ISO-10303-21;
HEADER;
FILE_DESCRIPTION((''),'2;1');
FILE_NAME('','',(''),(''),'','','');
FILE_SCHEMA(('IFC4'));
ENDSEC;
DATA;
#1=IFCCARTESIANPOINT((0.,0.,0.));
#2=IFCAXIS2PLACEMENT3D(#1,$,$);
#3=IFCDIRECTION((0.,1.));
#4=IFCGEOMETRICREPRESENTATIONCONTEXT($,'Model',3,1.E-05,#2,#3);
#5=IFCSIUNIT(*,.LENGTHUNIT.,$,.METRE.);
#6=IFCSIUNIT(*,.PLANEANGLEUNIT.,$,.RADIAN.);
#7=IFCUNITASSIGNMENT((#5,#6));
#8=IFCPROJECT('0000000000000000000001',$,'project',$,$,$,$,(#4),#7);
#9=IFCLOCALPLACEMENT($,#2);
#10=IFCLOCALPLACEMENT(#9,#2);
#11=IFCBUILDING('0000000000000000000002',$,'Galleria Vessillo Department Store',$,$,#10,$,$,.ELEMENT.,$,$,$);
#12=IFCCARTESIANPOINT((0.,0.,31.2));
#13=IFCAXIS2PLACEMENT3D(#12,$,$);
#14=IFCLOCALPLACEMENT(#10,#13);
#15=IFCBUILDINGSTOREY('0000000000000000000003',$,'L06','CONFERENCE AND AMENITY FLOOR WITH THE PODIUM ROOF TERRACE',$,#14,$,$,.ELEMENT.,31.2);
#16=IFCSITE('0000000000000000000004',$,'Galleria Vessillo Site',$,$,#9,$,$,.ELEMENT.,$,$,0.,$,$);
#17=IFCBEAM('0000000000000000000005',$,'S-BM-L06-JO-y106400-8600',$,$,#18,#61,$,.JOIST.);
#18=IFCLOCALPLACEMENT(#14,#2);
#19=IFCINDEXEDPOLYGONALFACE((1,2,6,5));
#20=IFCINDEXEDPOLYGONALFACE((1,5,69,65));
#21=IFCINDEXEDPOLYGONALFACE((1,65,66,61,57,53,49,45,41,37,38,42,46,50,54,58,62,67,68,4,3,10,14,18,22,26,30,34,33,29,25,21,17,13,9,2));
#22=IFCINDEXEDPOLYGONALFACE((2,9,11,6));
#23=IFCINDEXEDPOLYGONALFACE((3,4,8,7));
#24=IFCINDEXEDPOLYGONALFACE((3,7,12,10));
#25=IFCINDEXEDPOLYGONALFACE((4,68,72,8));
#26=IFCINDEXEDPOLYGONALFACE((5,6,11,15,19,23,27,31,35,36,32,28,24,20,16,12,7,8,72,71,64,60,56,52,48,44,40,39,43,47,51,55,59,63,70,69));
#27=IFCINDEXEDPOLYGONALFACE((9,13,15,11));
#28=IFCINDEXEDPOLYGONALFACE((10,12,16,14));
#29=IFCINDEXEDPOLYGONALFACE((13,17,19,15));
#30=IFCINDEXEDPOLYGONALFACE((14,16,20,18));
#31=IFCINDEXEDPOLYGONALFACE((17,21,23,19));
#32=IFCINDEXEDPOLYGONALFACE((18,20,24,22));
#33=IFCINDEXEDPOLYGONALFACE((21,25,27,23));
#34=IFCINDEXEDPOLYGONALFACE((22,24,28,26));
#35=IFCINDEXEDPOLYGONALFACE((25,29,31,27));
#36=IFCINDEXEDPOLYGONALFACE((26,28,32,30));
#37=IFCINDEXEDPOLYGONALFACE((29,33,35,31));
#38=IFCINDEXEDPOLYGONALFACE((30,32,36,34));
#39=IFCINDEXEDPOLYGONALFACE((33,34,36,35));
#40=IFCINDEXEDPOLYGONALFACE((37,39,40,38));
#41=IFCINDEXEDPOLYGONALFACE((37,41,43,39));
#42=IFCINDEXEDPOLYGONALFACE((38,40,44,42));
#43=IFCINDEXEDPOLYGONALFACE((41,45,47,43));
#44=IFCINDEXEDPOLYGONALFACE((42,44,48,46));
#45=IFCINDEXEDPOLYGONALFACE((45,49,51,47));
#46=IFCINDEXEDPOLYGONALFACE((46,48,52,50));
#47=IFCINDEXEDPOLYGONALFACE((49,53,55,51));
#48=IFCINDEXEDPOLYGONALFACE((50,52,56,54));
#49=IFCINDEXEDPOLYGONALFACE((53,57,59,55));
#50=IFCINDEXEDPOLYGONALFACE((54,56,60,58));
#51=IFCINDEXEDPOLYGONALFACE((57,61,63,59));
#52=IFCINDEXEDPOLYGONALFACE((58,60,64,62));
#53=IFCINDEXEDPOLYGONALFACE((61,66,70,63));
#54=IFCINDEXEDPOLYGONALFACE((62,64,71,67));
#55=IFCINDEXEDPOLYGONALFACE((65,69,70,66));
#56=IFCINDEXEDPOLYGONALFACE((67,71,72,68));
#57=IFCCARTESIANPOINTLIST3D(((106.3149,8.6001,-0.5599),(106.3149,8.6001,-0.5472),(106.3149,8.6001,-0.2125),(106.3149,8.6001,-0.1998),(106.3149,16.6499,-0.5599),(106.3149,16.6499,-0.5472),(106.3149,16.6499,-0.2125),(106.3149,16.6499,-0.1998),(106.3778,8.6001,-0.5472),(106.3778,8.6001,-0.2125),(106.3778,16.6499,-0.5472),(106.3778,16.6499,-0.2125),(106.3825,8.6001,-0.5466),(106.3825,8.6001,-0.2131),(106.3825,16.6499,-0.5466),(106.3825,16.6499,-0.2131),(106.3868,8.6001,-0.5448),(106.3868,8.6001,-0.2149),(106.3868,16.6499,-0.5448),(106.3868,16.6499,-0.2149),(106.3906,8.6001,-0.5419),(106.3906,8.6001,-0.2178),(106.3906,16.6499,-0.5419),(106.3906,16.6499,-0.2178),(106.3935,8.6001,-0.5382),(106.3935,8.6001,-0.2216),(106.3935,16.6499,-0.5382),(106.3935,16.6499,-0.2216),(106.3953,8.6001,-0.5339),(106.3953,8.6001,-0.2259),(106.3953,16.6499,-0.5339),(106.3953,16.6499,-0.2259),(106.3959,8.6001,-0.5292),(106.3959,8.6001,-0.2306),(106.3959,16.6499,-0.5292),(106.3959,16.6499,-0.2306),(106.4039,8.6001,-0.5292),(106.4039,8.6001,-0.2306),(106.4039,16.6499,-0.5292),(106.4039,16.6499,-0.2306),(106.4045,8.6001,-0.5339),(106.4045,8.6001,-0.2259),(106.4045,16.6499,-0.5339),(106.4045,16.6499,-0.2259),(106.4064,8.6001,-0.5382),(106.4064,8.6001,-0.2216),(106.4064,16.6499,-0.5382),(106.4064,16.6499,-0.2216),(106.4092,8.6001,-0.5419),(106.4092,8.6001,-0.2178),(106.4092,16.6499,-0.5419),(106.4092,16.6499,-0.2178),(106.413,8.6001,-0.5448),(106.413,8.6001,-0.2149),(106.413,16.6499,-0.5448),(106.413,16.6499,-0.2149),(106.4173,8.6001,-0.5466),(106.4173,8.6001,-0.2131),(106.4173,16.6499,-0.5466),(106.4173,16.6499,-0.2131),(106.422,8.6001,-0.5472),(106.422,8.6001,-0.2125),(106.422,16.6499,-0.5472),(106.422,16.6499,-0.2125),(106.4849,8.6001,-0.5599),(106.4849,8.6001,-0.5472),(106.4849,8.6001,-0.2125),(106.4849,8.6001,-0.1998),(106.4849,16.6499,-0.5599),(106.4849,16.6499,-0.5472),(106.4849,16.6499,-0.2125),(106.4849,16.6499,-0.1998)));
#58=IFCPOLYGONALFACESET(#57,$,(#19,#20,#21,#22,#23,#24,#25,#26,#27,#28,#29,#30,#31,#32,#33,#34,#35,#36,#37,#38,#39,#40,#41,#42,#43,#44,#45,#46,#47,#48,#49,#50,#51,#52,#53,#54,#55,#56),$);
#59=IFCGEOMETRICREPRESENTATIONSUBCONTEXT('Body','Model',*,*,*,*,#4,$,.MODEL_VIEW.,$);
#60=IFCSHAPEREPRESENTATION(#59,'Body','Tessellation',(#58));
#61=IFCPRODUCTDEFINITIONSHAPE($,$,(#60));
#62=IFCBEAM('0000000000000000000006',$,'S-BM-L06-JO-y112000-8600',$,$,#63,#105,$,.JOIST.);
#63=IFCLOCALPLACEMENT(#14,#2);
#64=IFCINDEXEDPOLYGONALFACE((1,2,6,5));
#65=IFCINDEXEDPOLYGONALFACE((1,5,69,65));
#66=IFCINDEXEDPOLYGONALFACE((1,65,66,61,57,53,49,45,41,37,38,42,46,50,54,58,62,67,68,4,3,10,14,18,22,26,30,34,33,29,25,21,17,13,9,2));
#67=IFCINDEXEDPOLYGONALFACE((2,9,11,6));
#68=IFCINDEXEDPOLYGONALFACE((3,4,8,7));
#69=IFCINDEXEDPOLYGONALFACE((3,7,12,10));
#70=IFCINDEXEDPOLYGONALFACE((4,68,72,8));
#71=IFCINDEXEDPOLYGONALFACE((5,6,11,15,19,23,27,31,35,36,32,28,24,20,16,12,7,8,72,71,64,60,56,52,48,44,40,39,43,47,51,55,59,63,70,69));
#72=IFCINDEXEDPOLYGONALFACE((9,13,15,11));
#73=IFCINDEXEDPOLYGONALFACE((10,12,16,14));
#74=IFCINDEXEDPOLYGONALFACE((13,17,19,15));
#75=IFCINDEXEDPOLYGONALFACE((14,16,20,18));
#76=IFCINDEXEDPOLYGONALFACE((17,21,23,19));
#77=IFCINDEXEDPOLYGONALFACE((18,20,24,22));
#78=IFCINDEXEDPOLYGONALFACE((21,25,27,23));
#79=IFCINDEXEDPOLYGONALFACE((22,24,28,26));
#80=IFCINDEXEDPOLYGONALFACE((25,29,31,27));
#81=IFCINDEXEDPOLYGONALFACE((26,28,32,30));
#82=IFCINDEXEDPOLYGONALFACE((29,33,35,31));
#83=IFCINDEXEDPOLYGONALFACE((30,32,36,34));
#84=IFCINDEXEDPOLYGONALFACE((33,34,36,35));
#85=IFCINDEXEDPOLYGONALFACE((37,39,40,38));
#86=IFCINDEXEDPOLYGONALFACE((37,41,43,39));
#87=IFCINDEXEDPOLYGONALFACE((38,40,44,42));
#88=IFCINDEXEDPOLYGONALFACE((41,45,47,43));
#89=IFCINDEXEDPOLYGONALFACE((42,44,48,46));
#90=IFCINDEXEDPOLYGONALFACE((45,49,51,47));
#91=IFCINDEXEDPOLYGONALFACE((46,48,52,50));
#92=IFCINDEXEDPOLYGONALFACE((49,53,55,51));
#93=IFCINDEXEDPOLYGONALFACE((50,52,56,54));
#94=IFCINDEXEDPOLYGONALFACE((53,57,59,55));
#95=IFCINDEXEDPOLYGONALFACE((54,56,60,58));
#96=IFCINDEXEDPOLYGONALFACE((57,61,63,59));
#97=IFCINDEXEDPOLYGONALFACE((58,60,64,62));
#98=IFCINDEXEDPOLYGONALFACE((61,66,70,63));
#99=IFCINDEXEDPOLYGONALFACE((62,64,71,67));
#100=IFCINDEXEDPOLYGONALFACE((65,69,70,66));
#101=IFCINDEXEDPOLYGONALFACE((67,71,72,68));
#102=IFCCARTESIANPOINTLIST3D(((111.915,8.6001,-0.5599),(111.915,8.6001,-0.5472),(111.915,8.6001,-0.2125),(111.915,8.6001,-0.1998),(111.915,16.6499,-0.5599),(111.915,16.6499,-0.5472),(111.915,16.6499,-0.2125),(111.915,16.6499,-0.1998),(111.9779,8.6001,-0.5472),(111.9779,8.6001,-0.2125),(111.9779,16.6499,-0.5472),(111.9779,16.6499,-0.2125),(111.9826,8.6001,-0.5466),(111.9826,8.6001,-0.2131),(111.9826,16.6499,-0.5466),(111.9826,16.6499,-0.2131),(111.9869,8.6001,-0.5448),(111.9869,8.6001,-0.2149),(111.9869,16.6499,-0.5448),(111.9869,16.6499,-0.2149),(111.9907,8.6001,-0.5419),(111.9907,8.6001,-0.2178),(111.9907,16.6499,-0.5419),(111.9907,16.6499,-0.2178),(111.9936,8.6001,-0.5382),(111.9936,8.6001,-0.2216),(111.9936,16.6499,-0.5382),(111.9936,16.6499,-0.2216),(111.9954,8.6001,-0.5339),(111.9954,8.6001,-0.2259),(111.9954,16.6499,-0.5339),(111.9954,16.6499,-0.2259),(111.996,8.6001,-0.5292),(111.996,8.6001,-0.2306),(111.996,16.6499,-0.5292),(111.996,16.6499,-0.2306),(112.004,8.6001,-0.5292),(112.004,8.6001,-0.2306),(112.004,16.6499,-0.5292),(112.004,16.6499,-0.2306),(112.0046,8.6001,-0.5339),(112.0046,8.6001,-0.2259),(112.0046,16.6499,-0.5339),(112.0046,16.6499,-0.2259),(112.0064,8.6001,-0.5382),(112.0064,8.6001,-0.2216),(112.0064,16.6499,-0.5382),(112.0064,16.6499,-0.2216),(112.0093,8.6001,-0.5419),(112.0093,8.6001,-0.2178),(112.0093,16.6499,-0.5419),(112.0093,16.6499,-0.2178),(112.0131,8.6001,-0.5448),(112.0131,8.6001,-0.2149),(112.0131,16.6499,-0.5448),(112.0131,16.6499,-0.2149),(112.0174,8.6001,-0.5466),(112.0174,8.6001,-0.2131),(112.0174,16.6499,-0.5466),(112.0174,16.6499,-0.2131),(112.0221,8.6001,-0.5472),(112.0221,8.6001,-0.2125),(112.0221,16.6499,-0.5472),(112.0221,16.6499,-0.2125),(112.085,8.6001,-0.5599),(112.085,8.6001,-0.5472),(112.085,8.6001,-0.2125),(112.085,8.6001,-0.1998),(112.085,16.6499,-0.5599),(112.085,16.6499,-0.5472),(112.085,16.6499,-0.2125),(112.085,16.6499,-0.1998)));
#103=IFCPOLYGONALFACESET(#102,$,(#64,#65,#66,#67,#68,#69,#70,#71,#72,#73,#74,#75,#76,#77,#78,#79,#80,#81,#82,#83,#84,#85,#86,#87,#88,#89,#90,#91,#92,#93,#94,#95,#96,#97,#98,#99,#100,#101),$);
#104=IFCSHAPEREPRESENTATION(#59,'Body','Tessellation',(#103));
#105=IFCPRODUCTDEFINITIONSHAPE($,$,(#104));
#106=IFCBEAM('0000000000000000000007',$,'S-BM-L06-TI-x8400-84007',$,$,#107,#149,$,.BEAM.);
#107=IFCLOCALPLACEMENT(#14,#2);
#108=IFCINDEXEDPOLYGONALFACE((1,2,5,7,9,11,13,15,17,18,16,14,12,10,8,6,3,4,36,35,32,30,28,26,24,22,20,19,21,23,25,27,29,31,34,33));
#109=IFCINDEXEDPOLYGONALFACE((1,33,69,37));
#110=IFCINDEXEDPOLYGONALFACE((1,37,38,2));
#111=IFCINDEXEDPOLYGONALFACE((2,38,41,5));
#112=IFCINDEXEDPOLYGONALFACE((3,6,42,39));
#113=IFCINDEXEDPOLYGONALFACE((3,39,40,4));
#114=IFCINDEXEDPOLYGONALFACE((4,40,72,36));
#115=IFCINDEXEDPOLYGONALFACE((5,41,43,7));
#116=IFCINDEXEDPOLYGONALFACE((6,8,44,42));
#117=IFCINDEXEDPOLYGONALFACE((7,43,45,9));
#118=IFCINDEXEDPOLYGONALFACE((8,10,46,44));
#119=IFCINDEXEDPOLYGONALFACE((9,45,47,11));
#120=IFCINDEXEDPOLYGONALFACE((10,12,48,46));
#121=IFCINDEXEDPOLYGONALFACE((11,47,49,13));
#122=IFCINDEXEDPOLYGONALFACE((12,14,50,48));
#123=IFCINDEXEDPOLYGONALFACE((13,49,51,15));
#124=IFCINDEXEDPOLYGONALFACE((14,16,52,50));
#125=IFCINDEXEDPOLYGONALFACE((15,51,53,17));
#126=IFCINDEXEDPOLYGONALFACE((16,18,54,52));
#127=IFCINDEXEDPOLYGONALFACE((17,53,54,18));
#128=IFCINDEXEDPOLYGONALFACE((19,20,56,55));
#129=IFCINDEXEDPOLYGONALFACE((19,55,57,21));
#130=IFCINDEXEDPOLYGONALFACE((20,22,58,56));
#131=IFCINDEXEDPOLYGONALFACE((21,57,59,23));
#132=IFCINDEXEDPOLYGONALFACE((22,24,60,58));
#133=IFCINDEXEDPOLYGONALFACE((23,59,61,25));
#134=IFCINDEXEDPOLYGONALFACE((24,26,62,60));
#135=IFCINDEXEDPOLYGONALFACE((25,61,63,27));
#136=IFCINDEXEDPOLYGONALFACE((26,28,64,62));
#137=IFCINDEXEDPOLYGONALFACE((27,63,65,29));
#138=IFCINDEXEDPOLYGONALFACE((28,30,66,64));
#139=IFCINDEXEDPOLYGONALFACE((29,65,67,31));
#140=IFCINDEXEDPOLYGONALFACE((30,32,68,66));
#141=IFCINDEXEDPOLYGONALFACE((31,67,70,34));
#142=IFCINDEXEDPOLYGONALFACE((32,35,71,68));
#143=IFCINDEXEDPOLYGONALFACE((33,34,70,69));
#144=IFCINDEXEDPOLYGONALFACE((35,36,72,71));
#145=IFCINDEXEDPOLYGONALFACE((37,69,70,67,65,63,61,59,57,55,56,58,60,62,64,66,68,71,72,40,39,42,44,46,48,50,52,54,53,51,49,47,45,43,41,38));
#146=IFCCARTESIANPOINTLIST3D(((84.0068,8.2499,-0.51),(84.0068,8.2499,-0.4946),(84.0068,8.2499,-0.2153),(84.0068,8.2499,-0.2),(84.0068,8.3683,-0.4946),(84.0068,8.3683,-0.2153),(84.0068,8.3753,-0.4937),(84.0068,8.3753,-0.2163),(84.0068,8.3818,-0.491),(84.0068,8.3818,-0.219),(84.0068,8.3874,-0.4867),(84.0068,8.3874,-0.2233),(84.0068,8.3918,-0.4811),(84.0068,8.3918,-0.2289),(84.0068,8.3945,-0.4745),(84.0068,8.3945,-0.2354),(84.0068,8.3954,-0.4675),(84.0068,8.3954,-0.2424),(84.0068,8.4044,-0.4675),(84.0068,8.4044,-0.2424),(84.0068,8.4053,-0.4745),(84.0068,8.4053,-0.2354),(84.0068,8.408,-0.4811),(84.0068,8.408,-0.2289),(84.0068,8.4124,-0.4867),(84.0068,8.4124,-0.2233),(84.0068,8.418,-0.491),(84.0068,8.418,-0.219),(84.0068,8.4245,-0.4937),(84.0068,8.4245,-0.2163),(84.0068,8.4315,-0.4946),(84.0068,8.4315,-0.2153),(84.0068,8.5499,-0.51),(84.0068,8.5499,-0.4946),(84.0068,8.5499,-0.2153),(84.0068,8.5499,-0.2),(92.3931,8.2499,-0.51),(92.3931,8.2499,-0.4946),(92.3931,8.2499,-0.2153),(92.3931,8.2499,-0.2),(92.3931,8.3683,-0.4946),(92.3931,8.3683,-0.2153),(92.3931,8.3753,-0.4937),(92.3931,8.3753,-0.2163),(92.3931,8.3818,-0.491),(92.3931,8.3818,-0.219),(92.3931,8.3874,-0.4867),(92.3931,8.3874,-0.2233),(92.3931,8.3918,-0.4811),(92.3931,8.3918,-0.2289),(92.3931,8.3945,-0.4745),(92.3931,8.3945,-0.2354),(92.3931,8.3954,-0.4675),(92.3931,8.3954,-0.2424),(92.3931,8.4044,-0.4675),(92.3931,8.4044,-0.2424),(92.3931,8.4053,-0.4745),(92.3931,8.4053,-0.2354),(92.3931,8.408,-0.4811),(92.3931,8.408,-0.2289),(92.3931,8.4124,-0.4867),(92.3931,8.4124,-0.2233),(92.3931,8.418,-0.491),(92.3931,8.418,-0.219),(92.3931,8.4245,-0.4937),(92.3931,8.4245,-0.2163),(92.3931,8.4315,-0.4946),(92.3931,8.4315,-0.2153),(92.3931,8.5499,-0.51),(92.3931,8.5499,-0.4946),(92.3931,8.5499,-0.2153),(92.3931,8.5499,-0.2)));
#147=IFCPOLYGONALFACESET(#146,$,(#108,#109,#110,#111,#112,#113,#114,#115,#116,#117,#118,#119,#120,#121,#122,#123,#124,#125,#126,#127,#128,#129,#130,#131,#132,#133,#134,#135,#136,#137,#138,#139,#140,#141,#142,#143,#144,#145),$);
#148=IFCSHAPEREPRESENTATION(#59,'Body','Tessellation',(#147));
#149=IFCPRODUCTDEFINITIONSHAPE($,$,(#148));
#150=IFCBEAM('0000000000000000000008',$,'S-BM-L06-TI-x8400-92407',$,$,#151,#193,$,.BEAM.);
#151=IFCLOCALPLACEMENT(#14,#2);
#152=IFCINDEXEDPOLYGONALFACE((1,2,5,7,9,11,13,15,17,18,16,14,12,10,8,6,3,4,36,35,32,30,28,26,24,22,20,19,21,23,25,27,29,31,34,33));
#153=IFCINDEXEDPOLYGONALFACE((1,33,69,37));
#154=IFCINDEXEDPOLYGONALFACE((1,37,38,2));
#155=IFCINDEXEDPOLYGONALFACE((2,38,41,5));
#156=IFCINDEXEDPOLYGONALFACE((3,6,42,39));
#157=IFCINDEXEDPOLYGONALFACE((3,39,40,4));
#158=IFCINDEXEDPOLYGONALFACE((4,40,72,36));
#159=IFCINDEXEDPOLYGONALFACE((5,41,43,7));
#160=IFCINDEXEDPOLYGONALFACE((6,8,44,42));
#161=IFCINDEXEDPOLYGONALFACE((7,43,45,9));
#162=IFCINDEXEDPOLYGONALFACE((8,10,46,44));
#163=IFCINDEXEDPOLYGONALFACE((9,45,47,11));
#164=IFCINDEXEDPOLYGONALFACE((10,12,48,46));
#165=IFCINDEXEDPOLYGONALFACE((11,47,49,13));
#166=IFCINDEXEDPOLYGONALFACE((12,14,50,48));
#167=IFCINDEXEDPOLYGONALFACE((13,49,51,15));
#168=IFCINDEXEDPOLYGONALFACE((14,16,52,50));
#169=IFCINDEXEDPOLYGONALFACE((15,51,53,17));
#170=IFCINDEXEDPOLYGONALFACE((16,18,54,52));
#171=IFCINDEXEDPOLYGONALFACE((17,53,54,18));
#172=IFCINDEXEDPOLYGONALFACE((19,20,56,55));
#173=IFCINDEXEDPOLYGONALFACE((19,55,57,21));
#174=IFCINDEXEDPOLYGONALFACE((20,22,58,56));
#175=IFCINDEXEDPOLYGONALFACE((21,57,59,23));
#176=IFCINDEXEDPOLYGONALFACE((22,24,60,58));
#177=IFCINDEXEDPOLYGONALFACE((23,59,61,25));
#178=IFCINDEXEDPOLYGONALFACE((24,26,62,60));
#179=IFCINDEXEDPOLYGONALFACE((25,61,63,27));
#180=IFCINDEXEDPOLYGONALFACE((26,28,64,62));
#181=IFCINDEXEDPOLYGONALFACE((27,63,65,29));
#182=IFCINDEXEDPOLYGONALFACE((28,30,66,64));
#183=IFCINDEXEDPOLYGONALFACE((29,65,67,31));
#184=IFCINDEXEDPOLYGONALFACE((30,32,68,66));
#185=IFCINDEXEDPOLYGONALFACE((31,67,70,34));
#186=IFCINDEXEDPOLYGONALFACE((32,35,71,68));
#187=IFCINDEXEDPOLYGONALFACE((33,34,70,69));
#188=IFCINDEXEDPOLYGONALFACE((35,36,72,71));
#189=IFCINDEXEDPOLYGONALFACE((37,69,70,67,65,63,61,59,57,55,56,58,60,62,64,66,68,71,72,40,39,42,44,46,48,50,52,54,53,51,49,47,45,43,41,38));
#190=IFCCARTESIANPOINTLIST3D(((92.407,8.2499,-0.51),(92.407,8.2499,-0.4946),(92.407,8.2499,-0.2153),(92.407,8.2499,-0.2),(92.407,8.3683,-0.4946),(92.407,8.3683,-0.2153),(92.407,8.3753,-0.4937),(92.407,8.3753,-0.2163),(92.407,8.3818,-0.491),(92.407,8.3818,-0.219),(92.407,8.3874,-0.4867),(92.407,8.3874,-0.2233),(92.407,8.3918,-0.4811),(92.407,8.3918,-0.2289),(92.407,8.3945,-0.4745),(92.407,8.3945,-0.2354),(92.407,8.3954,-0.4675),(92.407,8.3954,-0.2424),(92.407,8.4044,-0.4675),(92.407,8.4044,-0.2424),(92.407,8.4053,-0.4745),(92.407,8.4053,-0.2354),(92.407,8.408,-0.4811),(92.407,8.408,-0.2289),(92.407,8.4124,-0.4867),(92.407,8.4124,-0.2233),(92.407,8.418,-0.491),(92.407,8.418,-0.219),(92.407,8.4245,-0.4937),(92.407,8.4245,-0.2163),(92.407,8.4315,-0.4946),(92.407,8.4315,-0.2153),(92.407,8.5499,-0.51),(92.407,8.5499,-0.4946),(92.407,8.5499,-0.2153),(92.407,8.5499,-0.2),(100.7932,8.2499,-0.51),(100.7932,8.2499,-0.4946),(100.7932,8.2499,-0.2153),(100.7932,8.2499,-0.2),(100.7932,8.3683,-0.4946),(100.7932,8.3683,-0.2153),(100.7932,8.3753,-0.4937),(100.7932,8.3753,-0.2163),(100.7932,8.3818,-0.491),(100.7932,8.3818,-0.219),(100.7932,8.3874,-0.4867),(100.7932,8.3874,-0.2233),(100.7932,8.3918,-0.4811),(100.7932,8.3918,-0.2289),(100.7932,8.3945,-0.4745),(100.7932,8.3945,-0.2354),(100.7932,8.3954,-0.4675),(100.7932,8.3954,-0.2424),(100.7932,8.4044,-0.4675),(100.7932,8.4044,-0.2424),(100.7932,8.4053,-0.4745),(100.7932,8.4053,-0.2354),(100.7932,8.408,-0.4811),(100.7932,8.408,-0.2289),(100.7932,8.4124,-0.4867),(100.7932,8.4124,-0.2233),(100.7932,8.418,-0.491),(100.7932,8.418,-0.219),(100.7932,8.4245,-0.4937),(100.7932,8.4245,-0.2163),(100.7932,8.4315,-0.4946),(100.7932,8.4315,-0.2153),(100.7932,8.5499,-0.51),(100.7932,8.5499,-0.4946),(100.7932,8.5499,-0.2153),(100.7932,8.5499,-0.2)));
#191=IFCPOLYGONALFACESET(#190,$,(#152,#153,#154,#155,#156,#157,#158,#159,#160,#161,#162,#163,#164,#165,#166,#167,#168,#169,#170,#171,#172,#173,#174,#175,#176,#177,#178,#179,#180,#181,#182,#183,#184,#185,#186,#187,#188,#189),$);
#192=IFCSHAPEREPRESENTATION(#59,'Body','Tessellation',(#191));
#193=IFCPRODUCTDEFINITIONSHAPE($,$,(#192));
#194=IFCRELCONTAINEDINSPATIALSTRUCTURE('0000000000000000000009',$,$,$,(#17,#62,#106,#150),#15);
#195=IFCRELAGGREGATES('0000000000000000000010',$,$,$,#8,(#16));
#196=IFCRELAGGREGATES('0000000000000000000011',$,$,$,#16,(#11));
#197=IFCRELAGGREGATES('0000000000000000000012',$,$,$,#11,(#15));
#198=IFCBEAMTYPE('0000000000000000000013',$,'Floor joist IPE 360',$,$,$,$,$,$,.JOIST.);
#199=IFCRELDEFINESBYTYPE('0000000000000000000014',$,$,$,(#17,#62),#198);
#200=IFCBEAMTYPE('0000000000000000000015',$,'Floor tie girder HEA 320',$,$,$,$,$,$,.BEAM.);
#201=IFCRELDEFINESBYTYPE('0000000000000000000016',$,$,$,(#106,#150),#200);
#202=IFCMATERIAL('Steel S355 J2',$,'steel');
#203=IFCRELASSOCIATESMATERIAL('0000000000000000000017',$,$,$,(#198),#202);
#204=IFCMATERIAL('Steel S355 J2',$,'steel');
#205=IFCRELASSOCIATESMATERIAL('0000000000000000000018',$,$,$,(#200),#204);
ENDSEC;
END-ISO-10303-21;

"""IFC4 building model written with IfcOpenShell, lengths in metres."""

from ifc_helpers import new_model, si_unit, direction, frame, origin, origin_2d, place, context, subcontext, project, spatial, i_section, extrude, material, material_profile, profile_set, type_object, element, save


model = new_model("IFC4")

# Units and contexts
model_context = context("Model", 3, precision=1e-05, world=origin(), true_north=direction((0.0, 1.0)))
body_context = subcontext(model_context, "Body", "Model", "MODEL_VIEW")
ifc_project = project(units=[si_unit("LENGTHUNIT", "METRE"), si_unit("PLANEANGLEUNIT", "RADIAN")], contexts=[model_context])

# Site, building, storey
site_placement = place(None, origin())
site = spatial("IfcSite", under=ifc_project, at=site_placement, Name="Galleria Vessillo Site", CompositionType="ELEMENT", RefElevation=0.0)
building_placement = place(site_placement, origin())
building = spatial("IfcBuilding", under=site, at=building_placement, Name="Galleria Vessillo Department Store", CompositionType="ELEMENT")
storey_placement = place(building_placement, frame((0.0, 0.0, 31.2)))
storey = spatial("IfcBuildingStorey", under=building, at=storey_placement, Name="L06", Description="CONFERENCE AND AMENITY FLOOR WITH THE PODIUM ROOF TERRACE", CompositionType="ELEMENT", Elevation=31.2)

# Beams
ifc_material_1 = material(Name="Steel S355 J2", Category="steel")
ifc_material_profile_1 = material_profile(ifc_material_1, i_section(OverallWidth=0.1699, OverallDepth=0.3601, WebThickness=0.0081, FlangeThickness=0.0127, FilletRadius=0.0181, at=origin_2d()), Name="IPE 360")
ifc_profile_set_1 = profile_set([ifc_material_profile_1], Name="Steel S355 J2")
beam_type_1 = type_object("IfcBeamType", Name="Floor joist IPE 360", PredefinedType="JOIST", material=ifc_profile_set_1)
for number, where, z_axis, x_axis, name in (
    (1, (106.3999, 8.6001, -0.3799), (0.0, 1.0, 0.0), (-1.0, 0.0, 0.0), "S-BM-L06-JO-y106400-8600"),
    (2, (112.0, 8.6001, -0.3799), (0.0, 1.0, 0.0), (-1.0, 0.0, 0.0), "S-BM-L06-JO-y112000-8600"),
):
    element("IfcBeam", number, at=place(storey_placement, frame(where, z_axis=z_axis, x_axis=x_axis)), inside=storey, type_object=beam_type_1, Name=name, PredefinedType="JOIST", context=body_context, shape_type="SweptSolid", body=[
        extrude(i_section(OverallWidth=0.1699, OverallDepth=0.3601, WebThickness=0.0081, FlangeThickness=0.0127, FilletRadius=0.0181, at=origin_2d()), origin(), (0.0, 0.0, 1.0), 8.0498),
    ])
ifc_material_2 = material(Name="Steel S355 J2", Category="steel")
ifc_material_profile_2 = material_profile(ifc_material_2, i_section(OverallWidth=0.3, OverallDepth=0.3101, WebThickness=0.009, FlangeThickness=0.0154, FilletRadius=0.0271, at=origin_2d()), Name="HEA 320")
ifc_profile_set_2 = profile_set([ifc_material_profile_2], Name="Steel S355 J2")
beam_type_2 = type_object("IfcBeamType", Name="Floor tie girder HEA 320", PredefinedType="BEAM", material=ifc_profile_set_2)
for number, where, z_axis, x_axis, name in (
    (3, (84.0068, 8.3999, -0.355), (1.0, 0.0, 0.0), (0.0, 1.0, 0.0), "S-BM-L06-TI-x8400-84007"),
    (4, (92.407, 8.3999, -0.355), (1.0, 0.0, 0.0), (0.0, 1.0, 0.0), "S-BM-L06-TI-x8400-92407"),
):
    element("IfcBeam", number, at=place(storey_placement, frame(where, z_axis=z_axis, x_axis=x_axis)), inside=storey, type_object=beam_type_2, Name=name, PredefinedType="BEAM", context=body_context, shape_type="SweptSolid", body=[
        extrude(i_section(OverallWidth=0.3, OverallDepth=0.3101, WebThickness=0.009, FlangeThickness=0.0154, FilletRadius=0.0271, at=origin_2d()), origin(), (0.0, 0.0, 1.0), 8.3862),
    ])

save(model, "model.ifc")
